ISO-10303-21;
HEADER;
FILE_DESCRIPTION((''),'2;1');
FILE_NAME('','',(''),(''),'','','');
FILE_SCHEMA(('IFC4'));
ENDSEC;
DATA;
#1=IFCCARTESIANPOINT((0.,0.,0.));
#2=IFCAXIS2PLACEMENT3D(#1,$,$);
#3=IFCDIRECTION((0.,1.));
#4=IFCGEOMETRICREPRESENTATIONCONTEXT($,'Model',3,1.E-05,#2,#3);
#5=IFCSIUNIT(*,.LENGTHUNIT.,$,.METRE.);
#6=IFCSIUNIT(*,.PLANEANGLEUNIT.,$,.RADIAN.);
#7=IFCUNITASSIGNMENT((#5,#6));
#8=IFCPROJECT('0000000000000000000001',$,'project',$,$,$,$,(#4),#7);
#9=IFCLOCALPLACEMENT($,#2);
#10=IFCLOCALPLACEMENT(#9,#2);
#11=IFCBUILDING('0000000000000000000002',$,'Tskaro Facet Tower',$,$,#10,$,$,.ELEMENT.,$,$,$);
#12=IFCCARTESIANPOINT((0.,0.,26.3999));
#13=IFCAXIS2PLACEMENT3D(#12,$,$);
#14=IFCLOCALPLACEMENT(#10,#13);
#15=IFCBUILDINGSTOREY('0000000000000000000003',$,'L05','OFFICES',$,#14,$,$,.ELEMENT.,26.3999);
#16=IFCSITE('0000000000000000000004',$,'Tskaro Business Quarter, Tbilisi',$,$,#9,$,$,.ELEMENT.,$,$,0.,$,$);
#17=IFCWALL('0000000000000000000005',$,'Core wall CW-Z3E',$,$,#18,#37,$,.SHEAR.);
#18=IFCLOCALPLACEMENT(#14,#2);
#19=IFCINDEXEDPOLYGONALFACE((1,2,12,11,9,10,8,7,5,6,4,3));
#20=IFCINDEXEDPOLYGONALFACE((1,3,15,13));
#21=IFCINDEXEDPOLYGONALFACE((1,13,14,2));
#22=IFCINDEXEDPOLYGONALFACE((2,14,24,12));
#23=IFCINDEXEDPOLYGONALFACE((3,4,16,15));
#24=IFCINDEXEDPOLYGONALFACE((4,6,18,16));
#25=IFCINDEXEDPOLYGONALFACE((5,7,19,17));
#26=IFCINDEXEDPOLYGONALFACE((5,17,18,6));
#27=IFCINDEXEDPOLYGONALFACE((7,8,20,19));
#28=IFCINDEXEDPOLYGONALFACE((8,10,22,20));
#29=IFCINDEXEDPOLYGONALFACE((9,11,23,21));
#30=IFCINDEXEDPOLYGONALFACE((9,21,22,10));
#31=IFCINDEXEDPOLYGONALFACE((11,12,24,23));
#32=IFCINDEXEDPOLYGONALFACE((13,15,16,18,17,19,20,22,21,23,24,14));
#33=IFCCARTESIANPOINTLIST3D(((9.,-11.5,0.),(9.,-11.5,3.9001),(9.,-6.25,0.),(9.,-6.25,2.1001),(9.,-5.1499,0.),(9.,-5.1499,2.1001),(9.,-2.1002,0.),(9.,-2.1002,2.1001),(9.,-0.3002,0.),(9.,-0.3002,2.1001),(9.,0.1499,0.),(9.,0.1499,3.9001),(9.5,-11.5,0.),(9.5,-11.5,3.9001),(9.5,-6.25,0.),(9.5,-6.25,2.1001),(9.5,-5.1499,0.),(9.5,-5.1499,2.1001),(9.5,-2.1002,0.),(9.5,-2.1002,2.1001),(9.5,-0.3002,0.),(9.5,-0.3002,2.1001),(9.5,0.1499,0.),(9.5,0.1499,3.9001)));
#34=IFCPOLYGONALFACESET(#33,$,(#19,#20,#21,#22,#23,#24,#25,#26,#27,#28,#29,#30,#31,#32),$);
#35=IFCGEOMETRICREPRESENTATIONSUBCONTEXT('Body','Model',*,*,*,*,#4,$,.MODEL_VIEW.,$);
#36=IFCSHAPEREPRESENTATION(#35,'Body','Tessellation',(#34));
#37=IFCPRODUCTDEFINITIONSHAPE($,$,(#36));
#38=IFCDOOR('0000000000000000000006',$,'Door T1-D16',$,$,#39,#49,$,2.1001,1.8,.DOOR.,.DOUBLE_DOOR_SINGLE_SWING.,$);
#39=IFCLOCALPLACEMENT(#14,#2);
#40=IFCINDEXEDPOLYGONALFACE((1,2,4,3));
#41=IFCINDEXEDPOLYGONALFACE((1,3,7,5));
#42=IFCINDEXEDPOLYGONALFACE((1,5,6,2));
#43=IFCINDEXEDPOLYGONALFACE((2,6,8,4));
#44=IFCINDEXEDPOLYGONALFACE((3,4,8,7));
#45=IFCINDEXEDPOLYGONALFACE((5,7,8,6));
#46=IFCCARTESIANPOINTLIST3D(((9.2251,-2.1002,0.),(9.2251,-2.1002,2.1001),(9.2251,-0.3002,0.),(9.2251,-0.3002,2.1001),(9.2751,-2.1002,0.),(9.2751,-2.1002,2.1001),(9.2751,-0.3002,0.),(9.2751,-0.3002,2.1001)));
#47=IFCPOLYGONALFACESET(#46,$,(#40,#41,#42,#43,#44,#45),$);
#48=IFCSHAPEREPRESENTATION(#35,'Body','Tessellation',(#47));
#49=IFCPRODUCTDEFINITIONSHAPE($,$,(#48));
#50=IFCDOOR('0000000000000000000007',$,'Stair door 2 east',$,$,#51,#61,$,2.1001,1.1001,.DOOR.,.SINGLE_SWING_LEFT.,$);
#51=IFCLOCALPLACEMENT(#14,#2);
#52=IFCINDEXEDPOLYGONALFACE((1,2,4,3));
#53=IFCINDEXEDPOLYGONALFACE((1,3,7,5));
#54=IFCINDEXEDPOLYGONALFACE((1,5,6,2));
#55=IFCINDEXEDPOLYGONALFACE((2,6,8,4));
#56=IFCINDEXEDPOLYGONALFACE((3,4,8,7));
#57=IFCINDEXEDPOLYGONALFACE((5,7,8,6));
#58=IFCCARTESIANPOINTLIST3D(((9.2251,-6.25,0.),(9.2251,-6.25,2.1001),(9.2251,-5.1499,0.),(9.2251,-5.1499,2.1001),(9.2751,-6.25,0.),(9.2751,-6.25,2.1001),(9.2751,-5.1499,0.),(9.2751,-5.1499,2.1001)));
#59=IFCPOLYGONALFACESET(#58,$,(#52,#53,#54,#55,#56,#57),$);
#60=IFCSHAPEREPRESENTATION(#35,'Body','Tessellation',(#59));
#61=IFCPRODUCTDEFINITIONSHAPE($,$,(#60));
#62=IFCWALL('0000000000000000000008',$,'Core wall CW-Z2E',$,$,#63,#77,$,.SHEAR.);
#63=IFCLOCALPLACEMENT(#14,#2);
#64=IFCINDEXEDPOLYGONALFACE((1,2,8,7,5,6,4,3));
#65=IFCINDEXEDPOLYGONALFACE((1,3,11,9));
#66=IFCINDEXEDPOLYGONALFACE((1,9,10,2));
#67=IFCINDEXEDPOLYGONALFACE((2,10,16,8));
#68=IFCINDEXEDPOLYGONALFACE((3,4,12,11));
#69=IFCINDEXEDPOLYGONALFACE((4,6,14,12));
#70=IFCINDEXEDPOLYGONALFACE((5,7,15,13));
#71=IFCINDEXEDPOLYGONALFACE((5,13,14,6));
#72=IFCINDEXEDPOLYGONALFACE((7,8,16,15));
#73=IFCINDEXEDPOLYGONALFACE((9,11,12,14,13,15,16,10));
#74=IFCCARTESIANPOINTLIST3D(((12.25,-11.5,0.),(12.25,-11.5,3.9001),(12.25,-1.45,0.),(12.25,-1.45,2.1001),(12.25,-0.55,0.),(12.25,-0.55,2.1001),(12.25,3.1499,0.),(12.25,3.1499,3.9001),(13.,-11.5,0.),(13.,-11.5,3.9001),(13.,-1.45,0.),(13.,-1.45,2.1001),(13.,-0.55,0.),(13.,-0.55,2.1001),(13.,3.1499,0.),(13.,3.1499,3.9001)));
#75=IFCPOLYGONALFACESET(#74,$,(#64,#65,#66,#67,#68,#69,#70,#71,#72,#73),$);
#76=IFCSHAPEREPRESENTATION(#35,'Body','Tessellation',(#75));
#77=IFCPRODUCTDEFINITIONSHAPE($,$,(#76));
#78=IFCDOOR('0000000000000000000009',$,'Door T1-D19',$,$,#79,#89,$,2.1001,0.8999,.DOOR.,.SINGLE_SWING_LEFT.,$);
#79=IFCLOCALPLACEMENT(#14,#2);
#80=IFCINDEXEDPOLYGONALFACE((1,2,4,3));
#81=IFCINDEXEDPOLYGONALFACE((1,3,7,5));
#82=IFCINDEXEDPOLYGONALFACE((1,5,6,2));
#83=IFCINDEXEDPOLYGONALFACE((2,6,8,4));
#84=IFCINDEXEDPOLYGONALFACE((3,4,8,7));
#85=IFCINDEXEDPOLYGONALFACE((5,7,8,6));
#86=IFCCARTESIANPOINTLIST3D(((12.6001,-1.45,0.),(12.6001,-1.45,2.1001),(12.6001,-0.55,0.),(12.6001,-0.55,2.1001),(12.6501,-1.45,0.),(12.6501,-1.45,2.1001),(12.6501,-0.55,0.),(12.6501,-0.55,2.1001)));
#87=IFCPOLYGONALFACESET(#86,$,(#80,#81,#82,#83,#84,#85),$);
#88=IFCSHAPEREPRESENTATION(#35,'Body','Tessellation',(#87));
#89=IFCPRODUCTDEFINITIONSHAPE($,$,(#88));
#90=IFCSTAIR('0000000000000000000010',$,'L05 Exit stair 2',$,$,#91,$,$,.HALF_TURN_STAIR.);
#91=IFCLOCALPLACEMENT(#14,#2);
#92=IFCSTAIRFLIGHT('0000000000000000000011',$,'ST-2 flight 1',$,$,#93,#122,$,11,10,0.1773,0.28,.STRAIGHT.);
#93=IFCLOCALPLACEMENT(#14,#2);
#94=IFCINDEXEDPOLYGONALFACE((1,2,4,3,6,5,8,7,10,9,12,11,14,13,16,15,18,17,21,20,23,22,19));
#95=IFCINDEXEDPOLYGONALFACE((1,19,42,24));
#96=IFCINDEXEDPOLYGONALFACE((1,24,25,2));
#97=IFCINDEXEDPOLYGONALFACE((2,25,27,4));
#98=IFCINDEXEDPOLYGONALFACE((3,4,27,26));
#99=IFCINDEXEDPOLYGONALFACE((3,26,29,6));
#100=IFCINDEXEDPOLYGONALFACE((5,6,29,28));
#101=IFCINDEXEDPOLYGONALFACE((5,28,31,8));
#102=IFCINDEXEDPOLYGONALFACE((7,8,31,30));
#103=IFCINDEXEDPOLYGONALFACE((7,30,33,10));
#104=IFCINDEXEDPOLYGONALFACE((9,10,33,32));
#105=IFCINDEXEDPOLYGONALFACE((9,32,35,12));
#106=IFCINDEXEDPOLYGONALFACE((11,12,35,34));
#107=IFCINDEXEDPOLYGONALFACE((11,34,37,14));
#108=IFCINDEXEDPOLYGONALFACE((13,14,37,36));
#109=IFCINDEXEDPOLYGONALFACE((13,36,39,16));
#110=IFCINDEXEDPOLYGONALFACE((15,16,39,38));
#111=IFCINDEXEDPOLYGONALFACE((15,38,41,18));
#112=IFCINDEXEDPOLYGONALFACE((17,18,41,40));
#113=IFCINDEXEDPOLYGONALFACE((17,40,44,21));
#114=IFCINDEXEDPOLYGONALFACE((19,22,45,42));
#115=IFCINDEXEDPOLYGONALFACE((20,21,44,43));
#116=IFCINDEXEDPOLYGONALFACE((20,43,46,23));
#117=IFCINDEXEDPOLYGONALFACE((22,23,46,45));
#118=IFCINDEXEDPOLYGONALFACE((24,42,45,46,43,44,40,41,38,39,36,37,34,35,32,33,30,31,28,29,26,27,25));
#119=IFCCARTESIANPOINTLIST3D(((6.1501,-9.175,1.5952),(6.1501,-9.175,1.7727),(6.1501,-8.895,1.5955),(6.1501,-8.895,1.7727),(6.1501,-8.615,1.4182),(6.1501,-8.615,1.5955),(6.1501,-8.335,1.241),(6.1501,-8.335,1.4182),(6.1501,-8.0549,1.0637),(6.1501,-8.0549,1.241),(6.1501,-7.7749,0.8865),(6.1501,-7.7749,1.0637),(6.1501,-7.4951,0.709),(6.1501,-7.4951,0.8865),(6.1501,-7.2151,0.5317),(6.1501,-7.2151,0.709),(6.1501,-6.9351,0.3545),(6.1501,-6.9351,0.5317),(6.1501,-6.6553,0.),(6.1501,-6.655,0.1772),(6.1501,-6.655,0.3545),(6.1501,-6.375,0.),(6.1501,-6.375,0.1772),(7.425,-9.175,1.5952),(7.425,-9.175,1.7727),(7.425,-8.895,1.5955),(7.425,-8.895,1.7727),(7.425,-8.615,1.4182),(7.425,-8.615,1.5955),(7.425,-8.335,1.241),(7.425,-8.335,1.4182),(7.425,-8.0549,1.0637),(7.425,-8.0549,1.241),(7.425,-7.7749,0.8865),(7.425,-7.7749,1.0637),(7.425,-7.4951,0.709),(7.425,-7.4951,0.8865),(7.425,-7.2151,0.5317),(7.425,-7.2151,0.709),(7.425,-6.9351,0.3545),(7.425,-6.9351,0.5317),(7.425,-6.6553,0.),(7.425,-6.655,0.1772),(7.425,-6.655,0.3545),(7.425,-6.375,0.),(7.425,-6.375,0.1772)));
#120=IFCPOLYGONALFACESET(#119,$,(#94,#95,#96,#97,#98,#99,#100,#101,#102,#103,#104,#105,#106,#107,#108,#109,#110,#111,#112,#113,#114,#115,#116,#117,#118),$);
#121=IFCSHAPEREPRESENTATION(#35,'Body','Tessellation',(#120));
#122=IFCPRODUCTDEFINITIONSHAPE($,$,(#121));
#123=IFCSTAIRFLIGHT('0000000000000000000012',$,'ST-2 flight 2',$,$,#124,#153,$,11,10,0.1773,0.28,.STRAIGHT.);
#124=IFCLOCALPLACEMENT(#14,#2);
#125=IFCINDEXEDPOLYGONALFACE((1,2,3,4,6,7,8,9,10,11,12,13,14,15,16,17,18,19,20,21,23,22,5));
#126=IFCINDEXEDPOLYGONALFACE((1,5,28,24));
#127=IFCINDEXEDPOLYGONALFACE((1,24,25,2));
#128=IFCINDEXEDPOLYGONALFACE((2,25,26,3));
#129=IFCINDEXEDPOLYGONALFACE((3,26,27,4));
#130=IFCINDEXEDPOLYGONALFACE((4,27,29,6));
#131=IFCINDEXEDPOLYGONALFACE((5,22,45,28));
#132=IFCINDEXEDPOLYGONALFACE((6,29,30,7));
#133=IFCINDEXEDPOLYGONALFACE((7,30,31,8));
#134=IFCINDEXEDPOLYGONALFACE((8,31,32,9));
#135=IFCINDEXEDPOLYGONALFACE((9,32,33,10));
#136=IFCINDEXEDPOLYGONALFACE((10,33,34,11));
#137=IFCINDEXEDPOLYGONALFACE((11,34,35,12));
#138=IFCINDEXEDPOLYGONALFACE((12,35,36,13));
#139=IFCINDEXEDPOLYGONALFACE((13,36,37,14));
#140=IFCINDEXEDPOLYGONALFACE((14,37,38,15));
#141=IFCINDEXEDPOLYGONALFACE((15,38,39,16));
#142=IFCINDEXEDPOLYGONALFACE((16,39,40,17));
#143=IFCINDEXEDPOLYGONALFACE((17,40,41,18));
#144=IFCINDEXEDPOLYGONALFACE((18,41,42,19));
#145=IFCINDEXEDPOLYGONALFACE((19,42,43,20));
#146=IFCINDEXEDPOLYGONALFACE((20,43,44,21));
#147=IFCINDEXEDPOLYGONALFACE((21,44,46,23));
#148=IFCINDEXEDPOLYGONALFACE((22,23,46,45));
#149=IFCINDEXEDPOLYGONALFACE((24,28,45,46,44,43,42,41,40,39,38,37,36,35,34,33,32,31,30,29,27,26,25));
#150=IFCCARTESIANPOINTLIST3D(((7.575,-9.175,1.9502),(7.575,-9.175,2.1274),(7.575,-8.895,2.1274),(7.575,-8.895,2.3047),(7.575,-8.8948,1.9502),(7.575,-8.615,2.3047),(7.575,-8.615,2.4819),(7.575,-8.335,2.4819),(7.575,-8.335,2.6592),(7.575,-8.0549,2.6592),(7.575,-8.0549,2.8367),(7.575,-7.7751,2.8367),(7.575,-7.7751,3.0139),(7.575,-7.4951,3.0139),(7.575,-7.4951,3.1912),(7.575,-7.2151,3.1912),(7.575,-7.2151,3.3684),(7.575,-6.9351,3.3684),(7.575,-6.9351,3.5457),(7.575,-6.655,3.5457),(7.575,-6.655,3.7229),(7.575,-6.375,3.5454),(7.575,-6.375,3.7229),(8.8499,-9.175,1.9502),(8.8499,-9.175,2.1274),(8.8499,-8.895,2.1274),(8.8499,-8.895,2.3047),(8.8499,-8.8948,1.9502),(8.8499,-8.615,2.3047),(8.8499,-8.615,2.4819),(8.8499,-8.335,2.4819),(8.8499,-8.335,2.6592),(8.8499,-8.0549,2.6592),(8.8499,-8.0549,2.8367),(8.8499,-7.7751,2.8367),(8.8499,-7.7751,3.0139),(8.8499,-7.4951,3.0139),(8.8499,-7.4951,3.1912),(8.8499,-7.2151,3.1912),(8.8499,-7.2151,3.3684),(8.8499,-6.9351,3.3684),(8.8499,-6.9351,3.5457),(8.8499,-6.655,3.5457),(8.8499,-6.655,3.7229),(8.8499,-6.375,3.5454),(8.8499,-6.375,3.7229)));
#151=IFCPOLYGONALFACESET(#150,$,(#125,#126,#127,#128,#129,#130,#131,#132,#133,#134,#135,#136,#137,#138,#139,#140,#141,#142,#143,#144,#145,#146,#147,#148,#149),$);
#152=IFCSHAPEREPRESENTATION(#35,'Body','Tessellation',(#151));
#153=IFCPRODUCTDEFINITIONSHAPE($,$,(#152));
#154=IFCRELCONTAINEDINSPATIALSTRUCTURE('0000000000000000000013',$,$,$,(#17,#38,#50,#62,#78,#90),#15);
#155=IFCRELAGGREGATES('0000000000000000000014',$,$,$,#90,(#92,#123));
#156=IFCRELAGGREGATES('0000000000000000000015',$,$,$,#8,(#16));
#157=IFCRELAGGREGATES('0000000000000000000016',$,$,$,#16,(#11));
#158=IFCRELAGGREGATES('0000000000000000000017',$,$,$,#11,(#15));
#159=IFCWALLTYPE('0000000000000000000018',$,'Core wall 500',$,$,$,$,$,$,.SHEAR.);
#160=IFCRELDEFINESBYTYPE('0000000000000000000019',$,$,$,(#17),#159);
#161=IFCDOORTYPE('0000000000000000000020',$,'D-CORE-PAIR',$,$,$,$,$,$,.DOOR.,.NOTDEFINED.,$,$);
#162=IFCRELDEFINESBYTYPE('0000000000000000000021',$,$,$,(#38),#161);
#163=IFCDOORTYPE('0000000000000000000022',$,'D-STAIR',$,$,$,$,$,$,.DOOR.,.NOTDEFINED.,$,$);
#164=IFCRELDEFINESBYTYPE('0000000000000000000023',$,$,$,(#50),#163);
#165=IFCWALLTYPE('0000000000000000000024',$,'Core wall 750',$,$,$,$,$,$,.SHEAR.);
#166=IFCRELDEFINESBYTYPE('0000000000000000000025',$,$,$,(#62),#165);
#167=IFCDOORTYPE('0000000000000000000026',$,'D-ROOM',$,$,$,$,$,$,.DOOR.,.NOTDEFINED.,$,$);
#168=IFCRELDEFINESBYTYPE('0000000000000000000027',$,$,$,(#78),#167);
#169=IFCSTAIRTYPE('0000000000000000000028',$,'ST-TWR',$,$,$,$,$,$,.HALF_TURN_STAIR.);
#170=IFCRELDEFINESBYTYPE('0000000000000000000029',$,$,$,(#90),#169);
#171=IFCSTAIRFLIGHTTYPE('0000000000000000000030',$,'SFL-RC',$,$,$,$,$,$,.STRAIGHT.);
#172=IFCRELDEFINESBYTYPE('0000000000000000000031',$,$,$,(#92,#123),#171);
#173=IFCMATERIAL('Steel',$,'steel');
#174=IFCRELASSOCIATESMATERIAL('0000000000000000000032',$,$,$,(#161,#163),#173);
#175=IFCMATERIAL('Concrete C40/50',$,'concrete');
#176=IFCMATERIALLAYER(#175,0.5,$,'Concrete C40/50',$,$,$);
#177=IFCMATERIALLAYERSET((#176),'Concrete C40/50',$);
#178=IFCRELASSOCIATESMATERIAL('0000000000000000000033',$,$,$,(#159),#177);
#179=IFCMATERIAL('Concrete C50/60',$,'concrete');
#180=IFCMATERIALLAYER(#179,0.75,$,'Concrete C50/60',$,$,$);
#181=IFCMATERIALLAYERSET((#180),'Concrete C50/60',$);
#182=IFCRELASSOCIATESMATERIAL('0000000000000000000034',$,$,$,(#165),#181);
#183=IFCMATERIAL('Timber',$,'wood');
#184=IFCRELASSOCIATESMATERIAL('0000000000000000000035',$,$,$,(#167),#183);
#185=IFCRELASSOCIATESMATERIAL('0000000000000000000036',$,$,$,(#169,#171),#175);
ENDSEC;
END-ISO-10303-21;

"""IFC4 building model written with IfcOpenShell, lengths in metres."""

from ifc_helpers import new_model, si_unit, direction, frame, frame_2d, origin, place, context, subcontext, project, spatial, polyline, rectangle, outline, extrude, material, layer, layer_set, type_object, element, fill, aggregate, save


model = new_model("IFC4")

# Units and contexts
model_context = context("Model", 3, precision=1e-05, world=origin(), true_north=direction((0.0, 1.0)))
body_context = subcontext(model_context, "Body", "Model", "MODEL_VIEW")
ifc_project = project(units=[si_unit("LENGTHUNIT", "METRE"), si_unit("PLANEANGLEUNIT", "RADIAN")], contexts=[model_context])

# Site, building, storey
site_placement = place(None, origin())
site = spatial("IfcSite", under=ifc_project, at=site_placement, Name="Tskaro Business Quarter, Tbilisi", CompositionType="ELEMENT", RefElevation=0.0)
building_placement = place(site_placement, origin())
building = spatial("IfcBuilding", under=site, at=building_placement, Name="Tskaro Facet Tower", CompositionType="ELEMENT")
storey_placement = place(building_placement, frame((0.0, 0.0, 26.3999)))
storey = spatial("IfcBuildingStorey", under=building, at=storey_placement, Name="L05", Description="OFFICES", CompositionType="ELEMENT", Elevation=26.3999)

# Shared definitions
ifc_material_1 = material(Name="Steel", Category="steel")
door_type_1 = type_object("IfcDoorType", Name="D-CORE-PAIR", OperationType="NOTDEFINED", PredefinedType="DOOR", material=ifc_material_1)

# Wall, openings, doors
ifc_material_2 = material(Name="Concrete C40/50", Category="concrete")
ifc_layer_1 = layer(ifc_material_2, 0.5, Name="Concrete C40/50")
ifc_layer_set_1 = layer_set([ifc_layer_1], Name="Concrete C40/50")
wall_type_1 = type_object("IfcWallType", Name="Core wall 500", PredefinedType="SHEAR", material=ifc_layer_set_1)
wall_1_placement = place(storey_placement, frame((9.25, -11.5, 0.0), z_axis=(0.0, 0.0, 1.0), x_axis=(0.0, 1.0, 0.0)))
wall_1 = element("IfcWall", 1, at=wall_1_placement, inside=storey, type_object=wall_type_1, Name="Core wall CW-Z3E", PredefinedType="SHEAR", context=body_context, shape_type="SweptSolid", body=[
    extrude(rectangle(XDim=11.6499, YDim=0.5, at=frame_2d((5.825, 0.0))), origin(), (0.0, 0.0, 1.0), 3.9001),
])
opening_1_placement = place(wall_1_placement, frame((9.3999, 0.0, 0.0)))
opening_1 = element("IfcOpeningElement", 2, at=opening_1_placement, cuts=wall_1, PredefinedType="OPENING", context=body_context, shape_type="SweptSolid", body=[
    extrude(rectangle(XDim=1.8, YDim=2.1001, at=frame_2d((0.8999, 1.05))), frame((0.0, 0.26, 0.0), z_axis=(0.0, -1.0, 0.0), x_axis=(1.0, 0.0, 0.0)), (0.0, 0.0, 1.0), 0.52),
])
opening_2_placement = place(wall_1_placement, frame((5.25, 0.0, 0.0)))
opening_2 = element("IfcOpeningElement", 3, at=opening_2_placement, cuts=wall_1, PredefinedType="OPENING", context=body_context, shape_type="SweptSolid", body=[
    extrude(rectangle(XDim=1.1001, YDim=2.1001, at=frame_2d((0.55, 1.05))), frame((0.0, 0.26, 0.0), z_axis=(0.0, -1.0, 0.0), x_axis=(1.0, 0.0, 0.0)), (0.0, 0.0, 1.0), 0.52),
])
door_1_placement = place(opening_1_placement, origin())
door_1 = element("IfcDoor", 4, at=door_1_placement, inside=storey, type_object=door_type_1, Name="Door T1-D16", OperationType="DOUBLE_DOOR_SINGLE_SWING", OverallHeight=2.1001, OverallWidth=1.8, PredefinedType="DOOR", context=body_context, shape_type="SweptSolid", body=[
    extrude(rectangle(XDim=1.8, YDim=2.1001, at=frame_2d((0.8999, 1.05))), frame((0.0, 0.0249, 0.0), z_axis=(0.0, -1.0, 0.0), x_axis=(1.0, 0.0, 0.0)), (0.0, 0.0, 1.0), 0.05),
])
fill(opening_1, door_1)
door_type_2 = type_object("IfcDoorType", Name="D-STAIR", OperationType="NOTDEFINED", PredefinedType="DOOR", material=ifc_material_1)
door_2_placement = place(opening_2_placement, origin())
door_2 = element("IfcDoor", 5, at=door_2_placement, inside=storey, type_object=door_type_2, Name="Stair door 2 east", OperationType="SINGLE_SWING_LEFT", OverallHeight=2.1001, OverallWidth=1.1001, PredefinedType="DOOR", context=body_context, shape_type="SweptSolid", body=[
    extrude(rectangle(XDim=1.1001, YDim=2.1001, at=frame_2d((0.55, 1.05))), frame((0.0, 0.0249, 0.0), z_axis=(0.0, -1.0, 0.0), x_axis=(1.0, 0.0, 0.0)), (0.0, 0.0, 1.0), 0.05),
])
fill(opening_2, door_2)

# Wall, opening, door
ifc_material_3 = material(Name="Concrete C50/60", Category="concrete")
ifc_layer_2 = layer(ifc_material_3, 0.75, Name="Concrete C50/60")
ifc_layer_set_2 = layer_set([ifc_layer_2], Name="Concrete C50/60")
wall_type_2 = type_object("IfcWallType", Name="Core wall 750", PredefinedType="SHEAR", material=ifc_layer_set_2)
wall_2_placement = place(storey_placement, frame((12.625, -11.5, 0.0), z_axis=(0.0, 0.0, 1.0), x_axis=(0.0, 1.0, 0.0)))
wall_2 = element("IfcWall", 6, at=wall_2_placement, inside=storey, type_object=wall_type_2, Name="Core wall CW-Z2E", PredefinedType="SHEAR", context=body_context, shape_type="SweptSolid", body=[
    extrude(rectangle(XDim=14.6499, YDim=0.75, at=frame_2d((7.325, 0.0))), origin(), (0.0, 0.0, 1.0), 3.9001),
])
opening_3_placement = place(wall_2_placement, frame((10.05, 0.0, 0.0)))
opening_3 = element("IfcOpeningElement", 7, at=opening_3_placement, cuts=wall_2, PredefinedType="OPENING", context=body_context, shape_type="SweptSolid", body=[
    extrude(rectangle(XDim=0.8999, YDim=2.1001, at=frame_2d((0.45, 1.05))), frame((0.0, 0.385, 0.0), z_axis=(0.0, -1.0, 0.0), x_axis=(1.0, 0.0, 0.0)), (0.0, 0.0, 1.0), 0.77),
])
ifc_material_4 = material(Name="Timber", Category="wood")
door_type_3 = type_object("IfcDoorType", Name="D-ROOM", OperationType="NOTDEFINED", PredefinedType="DOOR", material=ifc_material_4)
door_3_placement = place(opening_3_placement, origin())
door_3 = element("IfcDoor", 8, at=door_3_placement, inside=storey, type_object=door_type_3, Name="Door T1-D19", OperationType="SINGLE_SWING_LEFT", OverallHeight=2.1001, OverallWidth=0.8999, PredefinedType="DOOR", context=body_context, shape_type="SweptSolid", body=[
    extrude(rectangle(XDim=0.8999, YDim=2.1001, at=frame_2d((0.45, 1.05))), frame((0.0, 0.0249, 0.0), z_axis=(0.0, -1.0, 0.0), x_axis=(1.0, 0.0, 0.0)), (0.0, 0.0, 1.0), 0.05),
])
fill(opening_3, door_3)

# Stair, stair flights
stair_type = type_object("IfcStairType", Name="ST-TWR", PredefinedType="HALF_TURN_STAIR", material=ifc_material_2)
stair_placement = place(storey_placement, origin())
stair = element("IfcStair", 9, at=stair_placement, inside=storey, type_object=stair_type, Name="L05 Exit stair 2", PredefinedType="HALF_TURN_STAIR")
stair_flight_type = type_object("IfcStairFlightType", Name="SFL-RC", PredefinedType="STRAIGHT", material=ifc_material_2)
stair_flight_1_placement = place(storey_placement, frame((6.7876, -6.375, 0.0), z_axis=(0.0, 0.0, 1.0), x_axis=(0.0, -1.0, 0.0)))
stair_flight_1 = element("IfcStairFlight", 10, at=stair_flight_1_placement, type_object=stair_flight_type, Name="ST-2 flight 1", NumberOfRisers=11, NumberOfTreads=10, PredefinedType="STRAIGHT", RiserHeight=0.1773, TreadLength=0.28, context=body_context, shape_type="SweptSolid", body=[
    extrude(outline(polyline([(0.0, 0.0), (0.0, 0.1772), (0.28, 0.1772), (0.28, 0.3545), (0.5601, 0.3545), (0.5601, 0.5317), (0.8401, 0.5317), (0.8401, 0.709), (1.1201, 0.709), (1.1201, 0.8865), (1.3999, 0.8865), (1.3999, 1.0637), (1.6799, 1.0637), (1.6799, 1.241), (1.96, 1.241), (1.96, 1.4182), (2.24, 1.4182), (2.24, 1.5955), (2.52, 1.5955), (2.52, 1.7727), (2.8, 1.7727), (2.8, 1.95), (2.8, 1.5952), (0.2803, 0.0), (0.0, 0.0)])), frame((0.0, 0.6375, 0.0), z_axis=(0.0, -1.0, 0.0), x_axis=(1.0, 0.0, 0.0)), (0.0, 0.0, 1.0), 1.2749),
])
stair_flight_2_placement = place(storey_placement, frame((8.2124, -9.175, 1.9502), z_axis=(0.0, 0.0, 1.0), x_axis=(0.0, 1.0, 0.0)))
stair_flight_2 = element("IfcStairFlight", 11, at=stair_flight_2_placement, type_object=stair_flight_type, Name="ST-2 flight 2", NumberOfRisers=11, NumberOfTreads=10, PredefinedType="STRAIGHT", RiserHeight=0.1773, TreadLength=0.28, context=body_context, shape_type="SweptSolid", body=[
    extrude(outline(polyline([(0.0, 0.0), (0.0, 0.1772), (0.28, 0.1772), (0.28, 0.3545), (0.5601, 0.3545), (0.5601, 0.5317), (0.8401, 0.5317), (0.8401, 0.709), (1.1201, 0.709), (1.1201, 0.8865), (1.3999, 0.8865), (1.3999, 1.0637), (1.6799, 1.0637), (1.6799, 1.241), (1.96, 1.241), (1.96, 1.4182), (2.24, 1.4182), (2.24, 1.5955), (2.52, 1.5955), (2.52, 1.7727), (2.8, 1.7727), (2.8, 1.95), (2.8, 1.5952), (0.2803, 0.0), (0.0, 0.0)])), frame((0.0, 0.6375, 0.0), z_axis=(0.0, -1.0, 0.0), x_axis=(1.0, 0.0, 0.0)), (0.0, 0.0, 1.0), 1.2749),
])
aggregate(stair, [stair_flight_1, stair_flight_2])

save(model, "model.ifc")
